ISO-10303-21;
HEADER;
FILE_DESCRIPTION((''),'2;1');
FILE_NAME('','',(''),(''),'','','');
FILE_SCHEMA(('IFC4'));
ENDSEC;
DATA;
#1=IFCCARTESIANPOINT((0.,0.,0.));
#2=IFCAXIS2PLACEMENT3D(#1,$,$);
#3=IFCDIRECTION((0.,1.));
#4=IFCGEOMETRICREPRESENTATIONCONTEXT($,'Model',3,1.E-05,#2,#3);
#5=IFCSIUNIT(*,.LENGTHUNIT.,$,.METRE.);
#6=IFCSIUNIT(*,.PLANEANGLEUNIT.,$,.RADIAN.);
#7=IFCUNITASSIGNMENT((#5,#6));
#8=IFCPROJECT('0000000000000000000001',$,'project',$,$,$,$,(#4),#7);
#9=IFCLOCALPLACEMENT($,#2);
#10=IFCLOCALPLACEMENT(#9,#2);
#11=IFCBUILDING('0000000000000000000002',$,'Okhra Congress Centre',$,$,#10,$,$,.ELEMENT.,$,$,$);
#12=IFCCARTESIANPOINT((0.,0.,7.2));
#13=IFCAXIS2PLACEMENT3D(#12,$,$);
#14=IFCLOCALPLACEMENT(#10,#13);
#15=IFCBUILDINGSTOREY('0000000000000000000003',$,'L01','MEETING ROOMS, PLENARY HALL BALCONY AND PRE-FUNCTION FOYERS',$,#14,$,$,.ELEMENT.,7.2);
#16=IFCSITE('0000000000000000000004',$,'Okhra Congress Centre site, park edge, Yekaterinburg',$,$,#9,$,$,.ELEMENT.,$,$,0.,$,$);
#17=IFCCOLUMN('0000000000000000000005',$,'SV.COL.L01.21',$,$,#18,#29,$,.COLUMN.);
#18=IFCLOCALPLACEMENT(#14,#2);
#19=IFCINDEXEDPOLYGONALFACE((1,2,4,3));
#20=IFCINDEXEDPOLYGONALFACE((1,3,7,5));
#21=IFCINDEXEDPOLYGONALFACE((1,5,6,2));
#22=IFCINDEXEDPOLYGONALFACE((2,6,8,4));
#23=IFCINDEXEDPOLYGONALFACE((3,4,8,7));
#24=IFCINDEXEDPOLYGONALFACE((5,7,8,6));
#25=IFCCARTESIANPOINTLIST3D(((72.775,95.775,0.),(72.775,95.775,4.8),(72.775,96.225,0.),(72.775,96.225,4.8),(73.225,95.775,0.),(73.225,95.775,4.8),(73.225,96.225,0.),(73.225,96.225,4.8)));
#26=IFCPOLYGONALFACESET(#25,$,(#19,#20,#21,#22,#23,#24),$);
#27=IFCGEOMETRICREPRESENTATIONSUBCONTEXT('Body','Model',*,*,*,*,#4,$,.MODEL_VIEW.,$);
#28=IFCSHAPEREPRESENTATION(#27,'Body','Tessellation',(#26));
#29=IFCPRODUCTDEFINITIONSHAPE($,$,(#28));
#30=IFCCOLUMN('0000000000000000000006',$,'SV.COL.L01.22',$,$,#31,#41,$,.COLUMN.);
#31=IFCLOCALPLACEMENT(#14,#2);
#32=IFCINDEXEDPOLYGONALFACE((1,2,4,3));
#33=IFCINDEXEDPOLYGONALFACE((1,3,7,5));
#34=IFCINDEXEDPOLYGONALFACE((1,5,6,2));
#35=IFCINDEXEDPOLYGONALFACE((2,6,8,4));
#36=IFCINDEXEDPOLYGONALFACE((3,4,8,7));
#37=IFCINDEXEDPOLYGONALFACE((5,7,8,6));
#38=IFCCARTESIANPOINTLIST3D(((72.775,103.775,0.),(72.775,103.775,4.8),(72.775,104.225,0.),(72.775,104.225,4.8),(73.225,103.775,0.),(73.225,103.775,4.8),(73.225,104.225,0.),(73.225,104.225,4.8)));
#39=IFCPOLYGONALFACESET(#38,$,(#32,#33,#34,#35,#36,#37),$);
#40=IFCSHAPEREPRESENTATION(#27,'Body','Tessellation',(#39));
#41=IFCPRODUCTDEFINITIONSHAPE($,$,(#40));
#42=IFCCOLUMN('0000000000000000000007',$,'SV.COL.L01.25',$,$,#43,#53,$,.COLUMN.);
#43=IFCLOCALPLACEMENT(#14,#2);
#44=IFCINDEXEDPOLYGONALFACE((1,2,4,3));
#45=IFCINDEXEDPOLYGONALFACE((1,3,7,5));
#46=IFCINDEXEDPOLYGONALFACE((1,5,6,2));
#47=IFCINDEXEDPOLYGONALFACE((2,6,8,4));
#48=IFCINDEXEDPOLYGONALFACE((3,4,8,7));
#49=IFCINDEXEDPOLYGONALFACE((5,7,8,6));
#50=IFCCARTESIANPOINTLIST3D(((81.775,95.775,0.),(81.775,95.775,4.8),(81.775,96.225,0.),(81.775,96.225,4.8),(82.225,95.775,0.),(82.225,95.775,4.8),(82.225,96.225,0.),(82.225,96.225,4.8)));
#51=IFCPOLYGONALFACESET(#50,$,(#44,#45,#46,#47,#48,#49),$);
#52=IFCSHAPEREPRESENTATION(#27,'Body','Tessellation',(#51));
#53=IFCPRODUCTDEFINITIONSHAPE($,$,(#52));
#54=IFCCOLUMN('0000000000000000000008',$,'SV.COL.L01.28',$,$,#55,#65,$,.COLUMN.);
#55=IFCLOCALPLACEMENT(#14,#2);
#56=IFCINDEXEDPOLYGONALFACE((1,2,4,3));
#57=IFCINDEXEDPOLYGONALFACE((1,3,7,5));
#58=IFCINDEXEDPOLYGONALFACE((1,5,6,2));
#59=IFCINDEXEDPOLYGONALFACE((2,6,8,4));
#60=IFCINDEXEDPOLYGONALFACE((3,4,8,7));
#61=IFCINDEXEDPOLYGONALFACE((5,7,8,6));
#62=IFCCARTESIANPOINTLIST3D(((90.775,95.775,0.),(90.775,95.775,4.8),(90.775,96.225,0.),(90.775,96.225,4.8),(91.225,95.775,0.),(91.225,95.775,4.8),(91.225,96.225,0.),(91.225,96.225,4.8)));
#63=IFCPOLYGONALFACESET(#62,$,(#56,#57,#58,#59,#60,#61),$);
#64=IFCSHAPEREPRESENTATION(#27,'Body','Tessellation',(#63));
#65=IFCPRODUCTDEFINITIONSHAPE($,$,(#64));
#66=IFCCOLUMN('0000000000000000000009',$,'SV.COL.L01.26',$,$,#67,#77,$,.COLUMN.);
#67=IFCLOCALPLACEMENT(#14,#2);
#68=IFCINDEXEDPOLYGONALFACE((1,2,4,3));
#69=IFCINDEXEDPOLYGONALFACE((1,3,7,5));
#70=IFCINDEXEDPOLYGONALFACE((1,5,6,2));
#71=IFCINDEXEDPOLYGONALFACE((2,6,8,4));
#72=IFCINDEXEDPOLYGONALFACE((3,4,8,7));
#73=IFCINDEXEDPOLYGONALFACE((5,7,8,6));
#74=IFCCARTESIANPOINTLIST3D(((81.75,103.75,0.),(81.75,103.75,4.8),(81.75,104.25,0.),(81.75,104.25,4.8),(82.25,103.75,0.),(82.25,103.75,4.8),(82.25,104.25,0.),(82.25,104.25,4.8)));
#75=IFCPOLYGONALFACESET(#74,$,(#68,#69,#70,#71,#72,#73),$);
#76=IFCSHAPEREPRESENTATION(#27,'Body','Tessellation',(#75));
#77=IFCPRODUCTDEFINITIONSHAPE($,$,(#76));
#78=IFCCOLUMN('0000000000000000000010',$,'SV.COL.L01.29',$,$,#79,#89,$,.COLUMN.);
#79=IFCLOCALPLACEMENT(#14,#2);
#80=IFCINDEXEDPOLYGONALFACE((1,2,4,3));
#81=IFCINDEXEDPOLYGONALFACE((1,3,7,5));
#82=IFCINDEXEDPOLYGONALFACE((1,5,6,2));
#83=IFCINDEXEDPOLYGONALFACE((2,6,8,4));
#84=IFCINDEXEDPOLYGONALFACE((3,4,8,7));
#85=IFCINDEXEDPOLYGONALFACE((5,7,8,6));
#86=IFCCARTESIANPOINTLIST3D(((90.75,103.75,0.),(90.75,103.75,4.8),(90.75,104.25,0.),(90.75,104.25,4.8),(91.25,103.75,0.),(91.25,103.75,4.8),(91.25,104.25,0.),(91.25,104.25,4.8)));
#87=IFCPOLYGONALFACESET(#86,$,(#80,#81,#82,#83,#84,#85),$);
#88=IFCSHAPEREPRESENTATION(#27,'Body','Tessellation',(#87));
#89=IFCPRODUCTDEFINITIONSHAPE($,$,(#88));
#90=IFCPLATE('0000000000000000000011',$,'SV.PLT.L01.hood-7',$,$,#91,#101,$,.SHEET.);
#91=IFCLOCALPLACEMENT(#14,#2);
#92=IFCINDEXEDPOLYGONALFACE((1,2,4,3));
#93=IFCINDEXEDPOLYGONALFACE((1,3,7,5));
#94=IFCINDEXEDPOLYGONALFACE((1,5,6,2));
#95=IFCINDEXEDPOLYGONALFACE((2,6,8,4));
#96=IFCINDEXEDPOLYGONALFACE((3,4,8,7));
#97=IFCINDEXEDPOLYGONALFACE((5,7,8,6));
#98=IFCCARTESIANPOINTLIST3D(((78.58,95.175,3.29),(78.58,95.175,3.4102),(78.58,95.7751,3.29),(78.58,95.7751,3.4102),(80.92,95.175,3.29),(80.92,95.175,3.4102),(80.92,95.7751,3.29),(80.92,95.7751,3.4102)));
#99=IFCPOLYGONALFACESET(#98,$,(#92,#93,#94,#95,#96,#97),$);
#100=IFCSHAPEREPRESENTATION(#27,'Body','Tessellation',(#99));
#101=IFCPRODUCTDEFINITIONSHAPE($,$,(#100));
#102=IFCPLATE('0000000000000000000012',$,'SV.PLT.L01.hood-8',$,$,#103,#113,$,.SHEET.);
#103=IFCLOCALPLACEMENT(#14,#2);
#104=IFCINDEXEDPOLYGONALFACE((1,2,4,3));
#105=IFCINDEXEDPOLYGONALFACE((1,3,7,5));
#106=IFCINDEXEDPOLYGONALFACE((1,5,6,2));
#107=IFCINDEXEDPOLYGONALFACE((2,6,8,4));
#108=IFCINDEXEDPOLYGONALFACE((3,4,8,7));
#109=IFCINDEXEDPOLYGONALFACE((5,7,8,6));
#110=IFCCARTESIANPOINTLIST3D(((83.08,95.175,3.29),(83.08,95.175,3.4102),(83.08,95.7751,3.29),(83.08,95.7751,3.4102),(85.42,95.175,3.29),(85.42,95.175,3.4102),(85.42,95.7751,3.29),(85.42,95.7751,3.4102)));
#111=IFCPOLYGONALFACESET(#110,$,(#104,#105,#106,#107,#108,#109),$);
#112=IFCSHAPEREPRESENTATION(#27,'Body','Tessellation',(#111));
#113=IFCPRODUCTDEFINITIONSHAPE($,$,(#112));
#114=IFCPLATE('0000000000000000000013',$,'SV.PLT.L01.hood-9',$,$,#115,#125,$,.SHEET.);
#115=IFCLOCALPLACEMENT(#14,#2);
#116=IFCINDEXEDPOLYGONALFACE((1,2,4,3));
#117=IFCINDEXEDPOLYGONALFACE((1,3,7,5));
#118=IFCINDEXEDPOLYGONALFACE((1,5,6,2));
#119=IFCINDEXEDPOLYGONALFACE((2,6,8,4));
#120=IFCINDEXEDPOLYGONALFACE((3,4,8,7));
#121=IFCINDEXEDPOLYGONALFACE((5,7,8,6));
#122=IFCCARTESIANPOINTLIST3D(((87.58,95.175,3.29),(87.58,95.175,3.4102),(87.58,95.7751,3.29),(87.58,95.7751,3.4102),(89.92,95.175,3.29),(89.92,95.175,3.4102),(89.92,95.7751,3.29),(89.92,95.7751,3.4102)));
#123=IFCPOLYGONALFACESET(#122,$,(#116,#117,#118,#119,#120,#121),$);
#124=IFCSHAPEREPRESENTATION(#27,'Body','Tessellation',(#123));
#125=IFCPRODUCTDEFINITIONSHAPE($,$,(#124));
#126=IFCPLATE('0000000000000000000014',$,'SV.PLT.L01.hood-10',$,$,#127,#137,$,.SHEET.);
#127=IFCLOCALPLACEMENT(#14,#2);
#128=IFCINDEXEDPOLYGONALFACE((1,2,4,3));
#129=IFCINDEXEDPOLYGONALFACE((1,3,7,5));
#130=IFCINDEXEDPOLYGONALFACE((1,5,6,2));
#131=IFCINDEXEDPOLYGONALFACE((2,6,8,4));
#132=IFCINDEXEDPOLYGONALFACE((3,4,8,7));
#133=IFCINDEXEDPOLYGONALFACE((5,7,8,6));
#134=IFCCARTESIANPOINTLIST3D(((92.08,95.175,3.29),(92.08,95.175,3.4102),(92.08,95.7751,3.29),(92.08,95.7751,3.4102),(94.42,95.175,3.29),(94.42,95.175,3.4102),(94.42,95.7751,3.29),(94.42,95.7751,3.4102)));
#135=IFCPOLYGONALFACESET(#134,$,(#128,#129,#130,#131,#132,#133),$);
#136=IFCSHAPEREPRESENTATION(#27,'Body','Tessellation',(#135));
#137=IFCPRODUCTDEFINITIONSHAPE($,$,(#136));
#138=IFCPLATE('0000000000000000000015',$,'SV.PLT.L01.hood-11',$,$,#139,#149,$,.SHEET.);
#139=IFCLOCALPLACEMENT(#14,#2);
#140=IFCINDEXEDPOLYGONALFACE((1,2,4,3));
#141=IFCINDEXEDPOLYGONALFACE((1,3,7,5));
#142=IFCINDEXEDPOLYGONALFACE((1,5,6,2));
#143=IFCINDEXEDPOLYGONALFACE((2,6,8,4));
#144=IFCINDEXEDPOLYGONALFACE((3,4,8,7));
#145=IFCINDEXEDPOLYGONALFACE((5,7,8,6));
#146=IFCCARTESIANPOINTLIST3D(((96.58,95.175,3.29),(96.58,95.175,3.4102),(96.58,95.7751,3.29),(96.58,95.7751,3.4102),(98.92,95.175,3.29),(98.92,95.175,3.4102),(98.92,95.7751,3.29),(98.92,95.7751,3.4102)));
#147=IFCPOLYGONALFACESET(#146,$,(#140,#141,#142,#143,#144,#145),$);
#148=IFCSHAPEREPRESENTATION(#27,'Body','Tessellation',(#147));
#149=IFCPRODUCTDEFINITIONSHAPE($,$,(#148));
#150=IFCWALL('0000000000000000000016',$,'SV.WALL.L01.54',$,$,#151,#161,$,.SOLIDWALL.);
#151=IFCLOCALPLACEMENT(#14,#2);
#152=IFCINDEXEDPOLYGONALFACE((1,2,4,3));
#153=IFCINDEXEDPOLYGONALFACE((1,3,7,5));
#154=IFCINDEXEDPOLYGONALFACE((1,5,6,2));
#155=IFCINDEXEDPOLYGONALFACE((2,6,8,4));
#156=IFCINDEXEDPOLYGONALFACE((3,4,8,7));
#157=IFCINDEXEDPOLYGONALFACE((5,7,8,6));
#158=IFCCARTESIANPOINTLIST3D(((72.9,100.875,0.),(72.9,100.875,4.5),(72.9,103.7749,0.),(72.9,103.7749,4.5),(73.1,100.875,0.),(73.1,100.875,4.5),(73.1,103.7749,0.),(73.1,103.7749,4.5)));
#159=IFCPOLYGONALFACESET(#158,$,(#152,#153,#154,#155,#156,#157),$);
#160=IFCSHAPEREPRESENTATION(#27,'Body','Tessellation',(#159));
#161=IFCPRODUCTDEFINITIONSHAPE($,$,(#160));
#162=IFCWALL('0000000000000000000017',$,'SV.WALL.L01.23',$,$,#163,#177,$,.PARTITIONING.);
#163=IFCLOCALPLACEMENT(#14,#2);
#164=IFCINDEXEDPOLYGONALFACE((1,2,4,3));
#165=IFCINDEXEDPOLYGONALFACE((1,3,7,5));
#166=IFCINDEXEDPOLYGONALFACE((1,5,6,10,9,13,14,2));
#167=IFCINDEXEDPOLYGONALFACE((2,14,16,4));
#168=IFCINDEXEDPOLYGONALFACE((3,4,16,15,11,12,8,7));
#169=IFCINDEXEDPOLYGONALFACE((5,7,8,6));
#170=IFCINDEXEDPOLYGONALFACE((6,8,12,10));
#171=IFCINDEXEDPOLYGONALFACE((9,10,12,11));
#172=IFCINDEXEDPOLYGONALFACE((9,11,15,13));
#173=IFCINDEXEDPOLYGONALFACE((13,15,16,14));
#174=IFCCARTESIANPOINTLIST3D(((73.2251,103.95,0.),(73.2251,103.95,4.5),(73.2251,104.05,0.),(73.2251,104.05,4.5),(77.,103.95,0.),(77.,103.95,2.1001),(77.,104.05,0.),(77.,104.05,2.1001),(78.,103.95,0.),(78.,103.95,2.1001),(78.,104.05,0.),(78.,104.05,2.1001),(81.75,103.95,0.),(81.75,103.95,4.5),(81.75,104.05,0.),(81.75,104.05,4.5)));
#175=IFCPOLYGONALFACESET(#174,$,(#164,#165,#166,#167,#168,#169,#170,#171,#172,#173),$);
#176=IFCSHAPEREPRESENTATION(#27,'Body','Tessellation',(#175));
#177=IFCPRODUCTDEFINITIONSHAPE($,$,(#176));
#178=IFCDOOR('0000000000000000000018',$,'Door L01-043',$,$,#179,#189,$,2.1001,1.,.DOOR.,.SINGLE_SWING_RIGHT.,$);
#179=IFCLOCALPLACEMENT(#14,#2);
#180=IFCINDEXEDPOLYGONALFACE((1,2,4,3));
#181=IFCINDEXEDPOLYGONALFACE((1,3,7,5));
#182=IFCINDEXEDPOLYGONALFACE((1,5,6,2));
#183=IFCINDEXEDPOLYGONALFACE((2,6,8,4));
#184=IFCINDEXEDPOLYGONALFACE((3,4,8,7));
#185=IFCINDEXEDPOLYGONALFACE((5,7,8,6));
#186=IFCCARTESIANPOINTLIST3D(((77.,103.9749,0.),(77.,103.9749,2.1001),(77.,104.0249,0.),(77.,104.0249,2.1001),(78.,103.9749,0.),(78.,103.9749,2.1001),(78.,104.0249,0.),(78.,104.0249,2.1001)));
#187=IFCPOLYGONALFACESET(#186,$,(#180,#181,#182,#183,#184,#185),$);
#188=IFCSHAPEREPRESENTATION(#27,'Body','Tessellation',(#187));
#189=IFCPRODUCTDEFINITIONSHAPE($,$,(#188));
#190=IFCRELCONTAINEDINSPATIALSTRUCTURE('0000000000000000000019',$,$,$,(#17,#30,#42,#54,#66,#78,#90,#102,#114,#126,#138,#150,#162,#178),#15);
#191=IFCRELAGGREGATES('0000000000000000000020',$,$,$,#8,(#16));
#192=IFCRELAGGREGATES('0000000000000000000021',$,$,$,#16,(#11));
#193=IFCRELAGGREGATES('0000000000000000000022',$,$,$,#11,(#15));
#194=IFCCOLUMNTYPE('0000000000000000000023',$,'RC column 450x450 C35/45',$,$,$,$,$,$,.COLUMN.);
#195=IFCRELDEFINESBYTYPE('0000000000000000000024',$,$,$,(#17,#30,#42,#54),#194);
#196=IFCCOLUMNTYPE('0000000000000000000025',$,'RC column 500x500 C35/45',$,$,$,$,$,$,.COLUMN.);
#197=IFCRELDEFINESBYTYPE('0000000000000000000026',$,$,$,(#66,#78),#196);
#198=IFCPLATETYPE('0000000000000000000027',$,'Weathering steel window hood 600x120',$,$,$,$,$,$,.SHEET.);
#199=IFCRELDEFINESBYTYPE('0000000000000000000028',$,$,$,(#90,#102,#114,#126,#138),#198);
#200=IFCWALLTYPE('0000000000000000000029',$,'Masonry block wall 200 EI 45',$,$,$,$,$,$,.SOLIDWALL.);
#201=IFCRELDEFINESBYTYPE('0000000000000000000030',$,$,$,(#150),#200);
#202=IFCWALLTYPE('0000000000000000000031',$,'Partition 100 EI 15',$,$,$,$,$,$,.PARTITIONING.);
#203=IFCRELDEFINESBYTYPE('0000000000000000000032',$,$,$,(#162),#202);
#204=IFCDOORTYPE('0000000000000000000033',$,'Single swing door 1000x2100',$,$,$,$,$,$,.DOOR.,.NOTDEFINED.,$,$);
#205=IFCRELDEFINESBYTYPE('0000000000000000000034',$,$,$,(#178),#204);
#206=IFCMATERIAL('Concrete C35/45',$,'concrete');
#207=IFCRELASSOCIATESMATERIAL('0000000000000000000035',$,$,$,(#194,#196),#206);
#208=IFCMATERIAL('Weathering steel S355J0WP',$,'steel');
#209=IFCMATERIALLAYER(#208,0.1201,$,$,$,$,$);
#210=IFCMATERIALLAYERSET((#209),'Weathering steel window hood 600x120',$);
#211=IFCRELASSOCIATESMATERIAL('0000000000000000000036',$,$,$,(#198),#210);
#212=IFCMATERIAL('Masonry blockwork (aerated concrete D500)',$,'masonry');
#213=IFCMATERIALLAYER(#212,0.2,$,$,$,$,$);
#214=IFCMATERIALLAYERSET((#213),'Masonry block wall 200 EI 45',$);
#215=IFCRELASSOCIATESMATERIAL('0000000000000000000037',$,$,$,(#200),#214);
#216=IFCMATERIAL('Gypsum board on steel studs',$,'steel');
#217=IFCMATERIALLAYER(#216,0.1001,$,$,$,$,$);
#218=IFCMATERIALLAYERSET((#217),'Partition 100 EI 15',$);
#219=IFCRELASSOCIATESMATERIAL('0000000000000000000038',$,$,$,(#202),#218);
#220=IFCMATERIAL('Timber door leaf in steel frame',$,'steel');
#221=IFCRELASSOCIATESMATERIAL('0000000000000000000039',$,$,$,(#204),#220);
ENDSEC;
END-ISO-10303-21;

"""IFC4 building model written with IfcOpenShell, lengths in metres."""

from ifc_helpers import new_model, si_unit, direction, frame, frame_2d, origin, origin_2d, place, context, subcontext, project, spatial, rectangle, extrude, material, layer, layer_set, material_profile, profile_set, type_object, element, fill, save


model = new_model("IFC4")

# Units and contexts
model_context = context("Model", 3, precision=1e-05, world=origin(), true_north=direction((0.0, 1.0)))
body_context = subcontext(model_context, "Body", "Model", "MODEL_VIEW")
ifc_project = project(units=[si_unit("LENGTHUNIT", "METRE"), si_unit("PLANEANGLEUNIT", "RADIAN")], contexts=[model_context])

# Site, building, storey
site_placement = place(None, origin())
site = spatial("IfcSite", under=ifc_project, at=site_placement, Name="Okhra Congress Centre site, park edge, Yekaterinburg", CompositionType="ELEMENT", RefElevation=0.0)
building_placement = place(site_placement, origin())
building = spatial("IfcBuilding", under=site, at=building_placement, Name="Okhra Congress Centre", CompositionType="ELEMENT")
storey_placement = place(building_placement, frame((0.0, 0.0, 7.2)))
storey = spatial("IfcBuildingStorey", under=building, at=storey_placement, Name="L01", Description="MEETING ROOMS, PLENARY HALL BALCONY AND PRE-FUNCTION FOYERS", CompositionType="ELEMENT", Elevation=7.2)

# Columns
ifc_material_1 = material(Name="Concrete C35/45", Category="concrete")
ifc_material_profile_1 = material_profile(ifc_material_1, rectangle(XDim=0.45, YDim=0.45, at=origin_2d()), Name="RC 450x450")
ifc_profile_set_1 = profile_set([ifc_material_profile_1], Name="Concrete C35/45")
column_type_1 = type_object("IfcColumnType", Name="RC column 450x450 C35/45", PredefinedType="COLUMN", material=ifc_profile_set_1)
for number, where, z_axis, x_axis, name in (
    (1, (73.0, 96.0, 0.0), (0.0, 0.0, 1.0), (1.0, 0.0, 0.0), "SV.COL.L01.21"),
    (2, (73.0, 104.0, 0.0), (0.0, 0.0, 1.0), (1.0, 0.0, 0.0), "SV.COL.L01.22"),
    (3, (82.0, 96.0, 0.0), (0.0, 0.0, 1.0), (1.0, 0.0, 0.0), "SV.COL.L01.25"),
    (4, (91.0, 96.0, 0.0), (0.0, 0.0, 1.0), (1.0, 0.0, 0.0), "SV.COL.L01.28"),
):
    element("IfcColumn", number, at=place(storey_placement, frame(where, z_axis=z_axis, x_axis=x_axis)), inside=storey, type_object=column_type_1, Name=name, PredefinedType="COLUMN", context=body_context, shape_type="SweptSolid", body=[
        extrude(rectangle(XDim=0.45, YDim=0.45, at=origin_2d()), origin(), (0.0, 0.0, 1.0), 4.8),
    ])
ifc_material_profile_2 = material_profile(ifc_material_1, rectangle(XDim=0.5, YDim=0.5, at=origin_2d()), Name="RC 500x500")
ifc_profile_set_2 = profile_set([ifc_material_profile_2], Name="Concrete C35/45")
column_type_2 = type_object("IfcColumnType", Name="RC column 500x500 C35/45", PredefinedType="COLUMN", material=ifc_profile_set_2)
for number, where, z_axis, x_axis, name in (
    (5, (82.0, 104.0, 0.0), (0.0, 0.0, 1.0), (1.0, 0.0, 0.0), "SV.COL.L01.26"),
    (6, (91.0, 104.0, 0.0), (0.0, 0.0, 1.0), (1.0, 0.0, 0.0), "SV.COL.L01.29"),
):
    element("IfcColumn", number, at=place(storey_placement, frame(where, z_axis=z_axis, x_axis=x_axis)), inside=storey, type_object=column_type_2, Name=name, PredefinedType="COLUMN", context=body_context, shape_type="SweptSolid", body=[
        extrude(rectangle(XDim=0.5, YDim=0.5, at=origin_2d()), origin(), (0.0, 0.0, 1.0), 4.8),
    ])

# Plates
ifc_material_2 = material(Name="Weathering steel S355J0WP", Category="steel")
ifc_layer_1 = layer(ifc_material_2, 0.1201)
ifc_layer_set_1 = layer_set([ifc_layer_1], Name="Weathering steel window hood 600x120")
plate_type = type_object("IfcPlateType", Name="Weathering steel window hood 600x120", PredefinedType="SHEET", material=ifc_layer_set_1)
for number, where, z_axis, x_axis, name in (
    (7, (79.75, 95.4751, 3.29), (0.0, 0.0, 1.0), (1.0, 0.0, 0.0), "SV.PLT.L01.hood-7"),
    (8, (84.25, 95.4751, 3.29), (0.0, 0.0, 1.0), (1.0, 0.0, 0.0), "SV.PLT.L01.hood-8"),
    (9, (88.75, 95.4751, 3.29), (0.0, 0.0, 1.0), (1.0, 0.0, 0.0), "SV.PLT.L01.hood-9"),
    (10, (93.25, 95.4751, 3.29), (0.0, 0.0, 1.0), (1.0, 0.0, 0.0), "SV.PLT.L01.hood-10"),
    (11, (97.75, 95.4751, 3.29), (0.0, 0.0, 1.0), (1.0, 0.0, 0.0), "SV.PLT.L01.hood-11"),
):
    element("IfcPlate", number, at=place(storey_placement, frame(where, z_axis=z_axis, x_axis=x_axis)), inside=storey, type_object=plate_type, Name=name, PredefinedType="SHEET", context=body_context, shape_type="SweptSolid", body=[
        extrude(rectangle(XDim=2.3401, YDim=0.6001, at=origin_2d()), origin(), (0.0, 0.0, 1.0), 0.1201),
    ])

# Wall
ifc_material_3 = material(Name="Masonry blockwork (aerated concrete D500)", Category="masonry")
ifc_layer_2 = layer(ifc_material_3, 0.2)
ifc_layer_set_2 = layer_set([ifc_layer_2], Name="Masonry block wall 200 EI 45")
wall_type_1 = type_object("IfcWallType", Name="Masonry block wall 200 EI 45", PredefinedType="SOLIDWALL", material=ifc_layer_set_2)
wall_1_placement = place(storey_placement, frame((73.0, 100.875, 0.0), z_axis=(0.0, 0.0, 1.0), x_axis=(0.0, 1.0, 0.0)))
element("IfcWall", 12, at=wall_1_placement, inside=storey, type_object=wall_type_1, Name="SV.WALL.L01.54", PredefinedType="SOLIDWALL", context=body_context, shape_type="SweptSolid", body=[
    extrude(rectangle(XDim=2.8999, YDim=0.2, at=frame_2d((1.45, 0.0))), origin(), (0.0, 0.0, 1.0), 4.5),
])

# Wall, opening, door
ifc_material_4 = material(Name="Gypsum board on steel studs", Category="steel")
ifc_layer_3 = layer(ifc_material_4, 0.1001)
ifc_layer_set_3 = layer_set([ifc_layer_3], Name="Partition 100 EI 15")
wall_type_2 = type_object("IfcWallType", Name="Partition 100 EI 15", PredefinedType="PARTITIONING", material=ifc_layer_set_3)
wall_2_placement = place(storey_placement, frame((73.2251, 104.0, 0.0), z_axis=(0.0, 0.0, 1.0), x_axis=(1.0, 0.0, 0.0)))
wall_2 = element("IfcWall", 13, at=wall_2_placement, inside=storey, type_object=wall_type_2, Name="SV.WALL.L01.23", PredefinedType="PARTITIONING", context=body_context, shape_type="SweptSolid", body=[
    extrude(rectangle(XDim=8.5249, YDim=0.1001, at=frame_2d((4.2625, 0.0))), origin(), (0.0, 0.0, 1.0), 4.5),
])
opening_1_placement = place(wall_2_placement, frame((3.7749, 0.0, 0.0)))
opening_1 = element("IfcOpeningElement", 14, at=opening_1_placement, cuts=wall_2, PredefinedType="OPENING", context=body_context, shape_type="SweptSolid", body=[
    extrude(rectangle(XDim=1.0, YDim=2.1001, at=frame_2d((0.5, 1.05))), frame((0.0, 0.0601, 0.0), z_axis=(0.0, -1.0, 0.0), x_axis=(1.0, 0.0, 0.0)), (0.0, 0.0, 1.0), 0.1201),
])
ifc_material_5 = material(Name="Timber door leaf in steel frame", Category="steel")
door_type = type_object("IfcDoorType", Name="Single swing door 1000x2100", OperationType="NOTDEFINED", PredefinedType="DOOR", material=ifc_material_5)
door_1_placement = place(opening_1_placement, origin())
door_1 = element("IfcDoor", 15, at=door_1_placement, inside=storey, type_object=door_type, Name="Door L01-043", OperationType="SINGLE_SWING_RIGHT", OverallHeight=2.1001, OverallWidth=1.0, PredefinedType="DOOR", context=body_context, shape_type="SweptSolid", body=[
    extrude(rectangle(XDim=1.0, YDim=2.1001, at=frame_2d((0.5, 1.05))), frame((0.0, 0.0249, 0.0), z_axis=(0.0, -1.0, 0.0), x_axis=(1.0, 0.0, 0.0)), (0.0, 0.0, 1.0), 0.05),
])
fill(opening_1, door_1)

save(model, "model.ifc")
